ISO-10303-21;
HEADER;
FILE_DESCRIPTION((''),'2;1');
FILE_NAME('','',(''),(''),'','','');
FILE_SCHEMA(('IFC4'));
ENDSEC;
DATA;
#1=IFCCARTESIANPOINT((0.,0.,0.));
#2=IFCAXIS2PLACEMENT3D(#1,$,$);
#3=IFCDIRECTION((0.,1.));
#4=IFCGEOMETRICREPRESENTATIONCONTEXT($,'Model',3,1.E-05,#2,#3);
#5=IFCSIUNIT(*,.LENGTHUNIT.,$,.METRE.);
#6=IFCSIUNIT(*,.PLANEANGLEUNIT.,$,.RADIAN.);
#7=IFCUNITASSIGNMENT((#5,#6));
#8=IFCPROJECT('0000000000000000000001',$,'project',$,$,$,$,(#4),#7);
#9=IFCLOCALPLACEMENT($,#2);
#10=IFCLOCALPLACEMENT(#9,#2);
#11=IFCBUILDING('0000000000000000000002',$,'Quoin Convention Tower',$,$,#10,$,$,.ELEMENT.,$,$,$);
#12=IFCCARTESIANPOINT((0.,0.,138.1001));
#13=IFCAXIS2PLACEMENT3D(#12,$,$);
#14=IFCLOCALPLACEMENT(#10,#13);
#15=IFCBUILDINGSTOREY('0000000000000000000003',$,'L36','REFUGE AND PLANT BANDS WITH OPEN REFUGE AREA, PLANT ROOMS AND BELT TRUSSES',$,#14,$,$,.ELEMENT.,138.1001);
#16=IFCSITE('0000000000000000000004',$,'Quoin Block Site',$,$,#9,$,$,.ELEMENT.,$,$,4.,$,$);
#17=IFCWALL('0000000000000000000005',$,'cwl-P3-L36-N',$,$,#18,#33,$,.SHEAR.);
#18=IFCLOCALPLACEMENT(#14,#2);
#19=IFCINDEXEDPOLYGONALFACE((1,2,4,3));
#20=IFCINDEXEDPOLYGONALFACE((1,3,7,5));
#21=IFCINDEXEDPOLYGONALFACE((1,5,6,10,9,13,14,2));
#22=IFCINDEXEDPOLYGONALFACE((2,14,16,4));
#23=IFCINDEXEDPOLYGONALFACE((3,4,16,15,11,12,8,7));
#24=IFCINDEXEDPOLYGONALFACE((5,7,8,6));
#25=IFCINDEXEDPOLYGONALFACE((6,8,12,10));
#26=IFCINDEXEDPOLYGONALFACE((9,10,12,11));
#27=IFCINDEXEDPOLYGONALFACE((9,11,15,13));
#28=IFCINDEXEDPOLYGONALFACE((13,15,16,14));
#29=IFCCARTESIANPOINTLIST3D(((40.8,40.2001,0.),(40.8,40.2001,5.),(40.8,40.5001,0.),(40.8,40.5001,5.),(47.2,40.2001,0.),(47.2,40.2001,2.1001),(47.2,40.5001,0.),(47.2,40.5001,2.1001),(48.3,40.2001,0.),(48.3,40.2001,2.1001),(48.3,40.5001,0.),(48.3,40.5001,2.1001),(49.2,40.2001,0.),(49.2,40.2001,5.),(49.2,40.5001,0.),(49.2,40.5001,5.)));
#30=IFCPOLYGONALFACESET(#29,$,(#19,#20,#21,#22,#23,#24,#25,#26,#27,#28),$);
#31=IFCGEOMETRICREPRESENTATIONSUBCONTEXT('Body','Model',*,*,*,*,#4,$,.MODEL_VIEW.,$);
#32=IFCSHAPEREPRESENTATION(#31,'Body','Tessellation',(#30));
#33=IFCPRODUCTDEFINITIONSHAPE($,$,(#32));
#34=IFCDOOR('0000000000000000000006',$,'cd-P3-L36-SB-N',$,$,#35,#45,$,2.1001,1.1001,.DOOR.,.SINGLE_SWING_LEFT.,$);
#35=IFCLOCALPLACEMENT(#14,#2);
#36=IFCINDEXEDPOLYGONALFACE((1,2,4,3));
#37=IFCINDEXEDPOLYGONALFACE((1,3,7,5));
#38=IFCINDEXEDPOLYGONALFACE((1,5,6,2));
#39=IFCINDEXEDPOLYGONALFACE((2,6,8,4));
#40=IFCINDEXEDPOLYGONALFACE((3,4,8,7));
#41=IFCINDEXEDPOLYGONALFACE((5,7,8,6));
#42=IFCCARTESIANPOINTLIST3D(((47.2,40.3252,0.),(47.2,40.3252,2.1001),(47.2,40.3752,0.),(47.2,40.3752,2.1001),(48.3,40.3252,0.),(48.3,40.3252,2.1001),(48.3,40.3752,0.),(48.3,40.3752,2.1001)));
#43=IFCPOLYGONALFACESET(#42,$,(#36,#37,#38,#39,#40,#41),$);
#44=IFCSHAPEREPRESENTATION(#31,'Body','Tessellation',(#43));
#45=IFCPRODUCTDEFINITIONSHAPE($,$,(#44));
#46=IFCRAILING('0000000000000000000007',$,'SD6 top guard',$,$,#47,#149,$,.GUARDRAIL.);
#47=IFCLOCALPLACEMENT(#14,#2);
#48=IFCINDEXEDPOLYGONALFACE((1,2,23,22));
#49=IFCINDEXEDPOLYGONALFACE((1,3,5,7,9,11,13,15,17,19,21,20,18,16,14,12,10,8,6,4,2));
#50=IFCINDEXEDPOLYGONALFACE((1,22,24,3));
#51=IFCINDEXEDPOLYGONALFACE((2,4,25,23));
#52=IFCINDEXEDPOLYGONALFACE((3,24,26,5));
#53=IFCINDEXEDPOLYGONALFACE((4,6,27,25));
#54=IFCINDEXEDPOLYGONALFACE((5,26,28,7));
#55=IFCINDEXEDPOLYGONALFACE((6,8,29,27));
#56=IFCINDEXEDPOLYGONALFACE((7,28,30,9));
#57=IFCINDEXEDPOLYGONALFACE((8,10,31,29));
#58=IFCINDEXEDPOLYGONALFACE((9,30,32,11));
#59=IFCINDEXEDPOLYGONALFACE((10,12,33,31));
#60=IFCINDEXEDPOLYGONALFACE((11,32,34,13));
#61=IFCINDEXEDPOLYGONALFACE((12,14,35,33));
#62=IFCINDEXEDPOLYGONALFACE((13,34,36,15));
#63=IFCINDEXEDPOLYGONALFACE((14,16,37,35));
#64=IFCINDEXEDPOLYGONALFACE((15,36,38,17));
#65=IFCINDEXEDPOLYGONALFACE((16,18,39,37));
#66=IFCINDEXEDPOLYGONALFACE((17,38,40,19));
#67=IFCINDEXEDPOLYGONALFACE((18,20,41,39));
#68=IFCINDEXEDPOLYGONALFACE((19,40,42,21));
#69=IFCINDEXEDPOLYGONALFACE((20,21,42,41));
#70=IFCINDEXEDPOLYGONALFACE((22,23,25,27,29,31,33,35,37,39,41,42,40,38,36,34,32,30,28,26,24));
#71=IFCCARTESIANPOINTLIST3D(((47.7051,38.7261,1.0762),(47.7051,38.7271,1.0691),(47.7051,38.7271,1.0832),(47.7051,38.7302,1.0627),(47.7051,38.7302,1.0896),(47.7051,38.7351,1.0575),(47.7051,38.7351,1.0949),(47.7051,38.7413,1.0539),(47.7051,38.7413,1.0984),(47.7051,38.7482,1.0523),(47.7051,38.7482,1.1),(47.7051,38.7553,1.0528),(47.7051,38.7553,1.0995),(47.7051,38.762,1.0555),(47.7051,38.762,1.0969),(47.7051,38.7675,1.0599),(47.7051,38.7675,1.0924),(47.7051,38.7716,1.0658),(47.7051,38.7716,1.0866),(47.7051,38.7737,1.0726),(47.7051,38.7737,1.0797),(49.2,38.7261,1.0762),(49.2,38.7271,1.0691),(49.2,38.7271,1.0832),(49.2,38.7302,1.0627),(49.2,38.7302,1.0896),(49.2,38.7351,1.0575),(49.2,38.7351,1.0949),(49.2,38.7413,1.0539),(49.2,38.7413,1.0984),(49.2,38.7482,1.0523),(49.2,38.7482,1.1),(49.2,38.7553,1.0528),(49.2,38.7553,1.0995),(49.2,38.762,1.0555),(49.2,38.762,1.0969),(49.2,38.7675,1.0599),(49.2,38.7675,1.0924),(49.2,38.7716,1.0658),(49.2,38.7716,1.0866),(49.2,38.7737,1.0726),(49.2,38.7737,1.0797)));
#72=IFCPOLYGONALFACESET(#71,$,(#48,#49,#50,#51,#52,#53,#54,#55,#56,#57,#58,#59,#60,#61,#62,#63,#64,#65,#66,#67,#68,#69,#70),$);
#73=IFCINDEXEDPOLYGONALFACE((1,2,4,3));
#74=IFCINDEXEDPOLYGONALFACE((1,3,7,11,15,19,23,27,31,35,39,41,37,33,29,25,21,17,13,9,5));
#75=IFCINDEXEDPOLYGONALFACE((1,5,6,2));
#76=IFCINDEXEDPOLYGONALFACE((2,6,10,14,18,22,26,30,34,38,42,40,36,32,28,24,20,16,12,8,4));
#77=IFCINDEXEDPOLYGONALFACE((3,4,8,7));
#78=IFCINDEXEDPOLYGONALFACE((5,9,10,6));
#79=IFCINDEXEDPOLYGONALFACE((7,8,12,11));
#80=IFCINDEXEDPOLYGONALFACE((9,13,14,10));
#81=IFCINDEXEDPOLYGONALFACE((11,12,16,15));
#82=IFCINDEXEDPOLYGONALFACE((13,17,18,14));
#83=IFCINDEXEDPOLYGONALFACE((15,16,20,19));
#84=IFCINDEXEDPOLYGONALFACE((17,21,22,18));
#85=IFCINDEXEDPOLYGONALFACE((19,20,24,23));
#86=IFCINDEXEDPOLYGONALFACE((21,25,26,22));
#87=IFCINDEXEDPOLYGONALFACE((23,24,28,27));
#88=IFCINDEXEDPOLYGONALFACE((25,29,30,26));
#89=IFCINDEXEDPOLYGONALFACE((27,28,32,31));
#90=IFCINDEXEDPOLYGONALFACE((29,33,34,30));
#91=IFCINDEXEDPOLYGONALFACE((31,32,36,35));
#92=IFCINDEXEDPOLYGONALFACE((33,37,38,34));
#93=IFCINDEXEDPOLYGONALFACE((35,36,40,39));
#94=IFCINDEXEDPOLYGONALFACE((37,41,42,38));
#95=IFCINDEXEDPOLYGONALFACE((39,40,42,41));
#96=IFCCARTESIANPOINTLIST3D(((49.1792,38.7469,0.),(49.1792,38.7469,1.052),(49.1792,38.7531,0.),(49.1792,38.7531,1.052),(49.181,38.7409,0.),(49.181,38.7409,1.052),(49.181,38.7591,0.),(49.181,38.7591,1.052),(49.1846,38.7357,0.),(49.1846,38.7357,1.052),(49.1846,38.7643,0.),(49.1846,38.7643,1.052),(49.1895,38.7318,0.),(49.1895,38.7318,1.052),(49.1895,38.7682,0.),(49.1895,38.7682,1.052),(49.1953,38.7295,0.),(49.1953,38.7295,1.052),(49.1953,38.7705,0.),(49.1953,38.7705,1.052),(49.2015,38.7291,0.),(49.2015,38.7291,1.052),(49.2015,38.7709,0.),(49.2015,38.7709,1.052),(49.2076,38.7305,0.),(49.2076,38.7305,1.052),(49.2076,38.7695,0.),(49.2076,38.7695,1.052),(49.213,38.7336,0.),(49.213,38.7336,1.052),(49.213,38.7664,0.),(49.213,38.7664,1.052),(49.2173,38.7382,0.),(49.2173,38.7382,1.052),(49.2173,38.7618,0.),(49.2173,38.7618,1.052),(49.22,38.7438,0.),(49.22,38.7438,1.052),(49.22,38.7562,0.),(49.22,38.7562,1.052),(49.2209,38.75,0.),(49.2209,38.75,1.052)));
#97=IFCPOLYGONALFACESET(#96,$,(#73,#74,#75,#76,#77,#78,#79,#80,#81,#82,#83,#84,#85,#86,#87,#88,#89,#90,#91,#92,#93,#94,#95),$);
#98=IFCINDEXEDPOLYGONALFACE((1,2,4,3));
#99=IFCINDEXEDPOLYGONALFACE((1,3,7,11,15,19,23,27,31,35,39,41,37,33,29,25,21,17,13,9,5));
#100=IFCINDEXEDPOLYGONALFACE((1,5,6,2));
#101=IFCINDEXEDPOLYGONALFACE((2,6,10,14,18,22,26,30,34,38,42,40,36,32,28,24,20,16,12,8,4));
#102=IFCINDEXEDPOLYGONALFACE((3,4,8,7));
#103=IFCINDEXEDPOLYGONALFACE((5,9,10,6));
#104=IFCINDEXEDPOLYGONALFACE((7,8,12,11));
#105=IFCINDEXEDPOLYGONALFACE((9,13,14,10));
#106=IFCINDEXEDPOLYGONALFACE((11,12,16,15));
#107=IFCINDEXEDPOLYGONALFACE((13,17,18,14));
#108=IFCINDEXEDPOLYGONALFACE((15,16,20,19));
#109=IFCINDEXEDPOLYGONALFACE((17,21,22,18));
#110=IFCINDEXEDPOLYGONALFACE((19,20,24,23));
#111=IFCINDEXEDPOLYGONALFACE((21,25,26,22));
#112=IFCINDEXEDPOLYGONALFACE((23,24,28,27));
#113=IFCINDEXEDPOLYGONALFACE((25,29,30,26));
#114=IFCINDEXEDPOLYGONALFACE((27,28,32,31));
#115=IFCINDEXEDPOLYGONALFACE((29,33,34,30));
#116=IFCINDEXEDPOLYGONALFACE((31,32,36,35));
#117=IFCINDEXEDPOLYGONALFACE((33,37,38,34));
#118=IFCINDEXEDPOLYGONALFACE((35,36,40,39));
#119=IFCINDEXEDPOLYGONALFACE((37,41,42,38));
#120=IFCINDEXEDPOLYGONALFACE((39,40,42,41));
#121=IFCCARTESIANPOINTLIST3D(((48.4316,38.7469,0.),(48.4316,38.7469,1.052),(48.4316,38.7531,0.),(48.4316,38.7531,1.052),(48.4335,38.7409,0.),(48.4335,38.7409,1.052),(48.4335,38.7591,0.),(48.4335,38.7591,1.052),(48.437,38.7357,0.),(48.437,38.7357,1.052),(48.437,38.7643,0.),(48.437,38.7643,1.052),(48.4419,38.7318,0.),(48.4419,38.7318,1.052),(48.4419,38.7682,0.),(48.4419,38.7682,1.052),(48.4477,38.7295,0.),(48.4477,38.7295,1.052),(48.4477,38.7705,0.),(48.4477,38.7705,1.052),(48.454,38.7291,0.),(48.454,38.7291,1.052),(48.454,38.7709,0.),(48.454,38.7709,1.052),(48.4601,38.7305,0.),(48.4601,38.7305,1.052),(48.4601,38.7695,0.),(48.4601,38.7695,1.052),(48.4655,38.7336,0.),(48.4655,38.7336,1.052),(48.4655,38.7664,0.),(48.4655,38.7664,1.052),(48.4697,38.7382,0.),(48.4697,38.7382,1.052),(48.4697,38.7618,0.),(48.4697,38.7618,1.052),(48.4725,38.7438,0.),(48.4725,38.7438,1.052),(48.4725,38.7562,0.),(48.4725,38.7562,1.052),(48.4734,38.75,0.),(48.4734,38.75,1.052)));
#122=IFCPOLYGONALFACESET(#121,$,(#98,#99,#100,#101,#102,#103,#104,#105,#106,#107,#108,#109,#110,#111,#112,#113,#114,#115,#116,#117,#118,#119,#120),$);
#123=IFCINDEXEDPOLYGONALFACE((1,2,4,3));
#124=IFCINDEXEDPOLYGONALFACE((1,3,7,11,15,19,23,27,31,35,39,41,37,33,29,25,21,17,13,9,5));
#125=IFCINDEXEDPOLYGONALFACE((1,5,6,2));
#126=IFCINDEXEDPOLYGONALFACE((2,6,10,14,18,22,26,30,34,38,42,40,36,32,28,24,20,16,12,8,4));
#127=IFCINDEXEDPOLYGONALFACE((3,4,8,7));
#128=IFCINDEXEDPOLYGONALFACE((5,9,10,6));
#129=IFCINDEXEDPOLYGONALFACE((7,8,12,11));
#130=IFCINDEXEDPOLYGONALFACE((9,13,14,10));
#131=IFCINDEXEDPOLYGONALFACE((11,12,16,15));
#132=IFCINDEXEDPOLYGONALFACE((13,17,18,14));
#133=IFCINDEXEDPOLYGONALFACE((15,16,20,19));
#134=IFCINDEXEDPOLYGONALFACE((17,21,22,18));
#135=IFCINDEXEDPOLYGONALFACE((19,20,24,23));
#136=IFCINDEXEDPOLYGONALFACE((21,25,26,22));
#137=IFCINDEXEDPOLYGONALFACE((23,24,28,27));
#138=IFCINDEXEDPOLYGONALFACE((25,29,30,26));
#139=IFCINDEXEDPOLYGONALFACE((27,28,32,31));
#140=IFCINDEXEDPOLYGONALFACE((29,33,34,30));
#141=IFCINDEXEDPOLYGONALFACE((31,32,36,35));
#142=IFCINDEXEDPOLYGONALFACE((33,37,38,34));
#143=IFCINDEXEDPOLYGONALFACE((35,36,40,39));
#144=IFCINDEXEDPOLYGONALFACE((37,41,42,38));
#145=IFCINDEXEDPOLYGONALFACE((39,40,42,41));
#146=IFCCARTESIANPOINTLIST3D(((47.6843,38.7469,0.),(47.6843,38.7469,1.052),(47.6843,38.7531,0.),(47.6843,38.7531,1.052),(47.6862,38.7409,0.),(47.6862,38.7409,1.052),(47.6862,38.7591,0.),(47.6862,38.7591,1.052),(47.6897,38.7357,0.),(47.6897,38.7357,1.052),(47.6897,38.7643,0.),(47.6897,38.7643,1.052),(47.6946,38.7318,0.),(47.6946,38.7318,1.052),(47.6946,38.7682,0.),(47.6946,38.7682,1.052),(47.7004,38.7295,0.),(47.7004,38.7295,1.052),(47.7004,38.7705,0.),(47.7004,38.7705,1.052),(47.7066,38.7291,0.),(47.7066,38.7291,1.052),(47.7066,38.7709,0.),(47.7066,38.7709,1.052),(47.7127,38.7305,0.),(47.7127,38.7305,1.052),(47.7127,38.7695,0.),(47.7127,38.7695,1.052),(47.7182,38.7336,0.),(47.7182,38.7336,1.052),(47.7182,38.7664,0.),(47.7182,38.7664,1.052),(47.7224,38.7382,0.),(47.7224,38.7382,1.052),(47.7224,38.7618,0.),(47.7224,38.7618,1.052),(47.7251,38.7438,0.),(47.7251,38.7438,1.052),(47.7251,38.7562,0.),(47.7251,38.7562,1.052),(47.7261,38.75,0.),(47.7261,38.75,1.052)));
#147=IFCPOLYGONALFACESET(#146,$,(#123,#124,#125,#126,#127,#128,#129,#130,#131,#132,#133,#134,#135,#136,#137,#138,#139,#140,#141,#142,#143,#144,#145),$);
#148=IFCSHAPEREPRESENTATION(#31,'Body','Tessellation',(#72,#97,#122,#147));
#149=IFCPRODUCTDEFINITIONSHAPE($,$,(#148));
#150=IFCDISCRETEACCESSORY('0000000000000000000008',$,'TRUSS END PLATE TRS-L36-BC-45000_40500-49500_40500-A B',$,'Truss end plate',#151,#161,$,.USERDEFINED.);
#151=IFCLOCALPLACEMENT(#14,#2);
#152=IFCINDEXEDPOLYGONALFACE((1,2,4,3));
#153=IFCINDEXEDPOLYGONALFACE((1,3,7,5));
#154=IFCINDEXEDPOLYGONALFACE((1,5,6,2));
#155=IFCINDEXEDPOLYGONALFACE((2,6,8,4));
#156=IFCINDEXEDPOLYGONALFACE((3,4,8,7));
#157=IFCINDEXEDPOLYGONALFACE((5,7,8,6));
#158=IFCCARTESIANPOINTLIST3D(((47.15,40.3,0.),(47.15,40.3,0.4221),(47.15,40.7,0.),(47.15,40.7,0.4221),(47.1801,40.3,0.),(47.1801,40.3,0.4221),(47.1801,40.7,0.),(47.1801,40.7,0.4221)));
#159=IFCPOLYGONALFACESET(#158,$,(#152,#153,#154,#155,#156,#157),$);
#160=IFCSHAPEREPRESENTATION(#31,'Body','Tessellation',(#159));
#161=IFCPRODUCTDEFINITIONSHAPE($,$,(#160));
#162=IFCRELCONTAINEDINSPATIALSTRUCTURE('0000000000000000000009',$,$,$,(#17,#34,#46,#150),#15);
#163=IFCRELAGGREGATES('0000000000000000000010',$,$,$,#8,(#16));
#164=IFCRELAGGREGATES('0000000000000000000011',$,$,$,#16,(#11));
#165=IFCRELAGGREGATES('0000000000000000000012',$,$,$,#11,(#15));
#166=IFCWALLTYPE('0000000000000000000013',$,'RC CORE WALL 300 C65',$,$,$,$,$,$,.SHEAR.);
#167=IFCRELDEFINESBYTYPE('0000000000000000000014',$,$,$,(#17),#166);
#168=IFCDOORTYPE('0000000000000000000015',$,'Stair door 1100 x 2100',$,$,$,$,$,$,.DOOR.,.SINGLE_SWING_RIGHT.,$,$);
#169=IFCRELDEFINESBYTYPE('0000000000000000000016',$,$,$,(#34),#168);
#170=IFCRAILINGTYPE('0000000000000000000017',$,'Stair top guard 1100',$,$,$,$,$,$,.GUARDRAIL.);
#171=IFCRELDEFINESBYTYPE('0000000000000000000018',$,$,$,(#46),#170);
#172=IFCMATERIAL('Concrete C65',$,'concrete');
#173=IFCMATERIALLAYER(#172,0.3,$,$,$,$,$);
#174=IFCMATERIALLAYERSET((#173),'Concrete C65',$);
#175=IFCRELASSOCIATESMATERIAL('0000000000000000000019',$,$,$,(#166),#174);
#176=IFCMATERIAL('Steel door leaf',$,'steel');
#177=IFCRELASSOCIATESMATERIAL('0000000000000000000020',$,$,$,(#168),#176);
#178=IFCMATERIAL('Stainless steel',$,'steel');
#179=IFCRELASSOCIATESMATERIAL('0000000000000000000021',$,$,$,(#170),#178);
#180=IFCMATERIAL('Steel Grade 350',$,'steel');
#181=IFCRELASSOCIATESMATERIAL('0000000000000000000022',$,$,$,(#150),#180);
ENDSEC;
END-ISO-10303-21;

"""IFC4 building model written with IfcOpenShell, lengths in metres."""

from ifc_helpers import new_model, si_unit, direction, frame, frame_2d, origin, origin_2d, place, context, subcontext, project, spatial, rectangle, circle, extrude, material, layer, layer_set, type_object, element, fill, save


model = new_model("IFC4")

# Units and contexts
model_context = context("Model", 3, precision=1e-05, world=origin(), true_north=direction((0.0, 1.0)))
body_context = subcontext(model_context, "Body", "Model", "MODEL_VIEW")
ifc_project = project(units=[si_unit("LENGTHUNIT", "METRE"), si_unit("PLANEANGLEUNIT", "RADIAN")], contexts=[model_context])

# Site, building, storey
site_placement = place(None, origin())
site = spatial("IfcSite", under=ifc_project, at=site_placement, Name="Quoin Block Site", CompositionType="ELEMENT", RefElevation=4.0)
building_placement = place(site_placement, origin())
building = spatial("IfcBuilding", under=site, at=building_placement, Name="Quoin Convention Tower", CompositionType="ELEMENT")
storey_placement = place(building_placement, frame((0.0, 0.0, 138.1001)))
storey = spatial("IfcBuildingStorey", under=building, at=storey_placement, Name="L36", Description="REFUGE AND PLANT BANDS WITH OPEN REFUGE AREA, PLANT ROOMS AND BELT TRUSSES", CompositionType="ELEMENT", Elevation=138.1001)

# Shared definitions
ifc_material_1 = material(Name="Concrete C65", Category="concrete")

# Wall, opening, door
ifc_layer_1 = layer(ifc_material_1, 0.3)
ifc_layer_set_1 = layer_set([ifc_layer_1], Name="Concrete C65")
wall_type_1 = type_object("IfcWallType", Name="RC CORE WALL 300 C65", PredefinedType="SHEAR", material=ifc_layer_set_1)
wall_1_placement = place(storey_placement, frame((40.8, 40.3501, 0.0), z_axis=(0.0, 0.0, 1.0), x_axis=(1.0, 0.0, 0.0)))
wall_1 = element("IfcWall", 1, at=wall_1_placement, inside=storey, type_object=wall_type_1, Name="cwl-P3-L36-N", PredefinedType="SHEAR", context=body_context, shape_type="SweptSolid", body=[
    extrude(rectangle(XDim=8.3999, YDim=0.3, at=frame_2d((4.2, 0.0))), origin(), (0.0, 0.0, 1.0), 5.0),
])
opening_placement = place(wall_1_placement, frame((6.3999, 0.0, 0.0)))
opening = element("IfcOpeningElement", 2, at=opening_placement, cuts=wall_1, PredefinedType="OPENING", context=body_context, shape_type="SweptSolid", body=[
    extrude(rectangle(XDim=1.1001, YDim=2.1001, at=frame_2d((0.55, 1.05))), frame((0.0, 0.1599, 0.0), z_axis=(0.0, -1.0, 0.0), x_axis=(1.0, 0.0, 0.0)), (0.0, 0.0, 1.0), 0.3201),
])
ifc_material_2 = material(Name="Steel door leaf", Category="steel")
door_type = type_object("IfcDoorType", Name="Stair door 1100 x 2100", OperationType="SINGLE_SWING_RIGHT", PredefinedType="DOOR", material=ifc_material_2)
door_placement = place(opening_placement, frame((1.1001, 0.0, 0.0), z_axis=(0.0, 0.0, 1.0), x_axis=(-1.0, 0.0, 0.0)))
door = element("IfcDoor", 3, at=door_placement, inside=storey, type_object=door_type, Name="cd-P3-L36-SB-N", OperationType="SINGLE_SWING_LEFT", OverallHeight=2.1001, OverallWidth=1.1001, PredefinedType="DOOR", context=body_context, shape_type="SweptSolid", body=[
    extrude(rectangle(XDim=1.1001, YDim=2.1001, at=frame_2d((0.55, 1.05))), frame((0.0, 0.0249, 0.0), z_axis=(0.0, -1.0, 0.0), x_axis=(1.0, 0.0, 0.0)), (0.0, 0.0, 1.0), 0.05),
])
fill(opening, door)

# Railing
ifc_material_3 = material(Name="Stainless steel", Category="steel")
railing_type = type_object("IfcRailingType", Name="Stair top guard 1100", PredefinedType="GUARDRAIL", material=ifc_material_3)
railing_placement = place(storey_placement, frame((49.2, 38.75, 0.0)))
element("IfcRailing", 4, at=railing_placement, inside=storey, type_object=railing_type, Name="SD6 top guard", PredefinedType="GUARDRAIL", context=body_context, shape_type="SweptSolid", body=[
    extrude(circle(Radius=0.0239, at=origin_2d()), frame((0.0, 0.0, 1.0762), z_axis=(-1.0, 0.0, 0.0), x_axis=(0.0, -1.0, 0.0)), (0.0, 0.0, 1.0), 1.4949),
    extrude(circle(Radius=0.021, at=origin_2d()), origin(), (0.0, 0.0, 1.0), 1.052),
    extrude(circle(Radius=0.021, at=origin_2d()), frame((-0.7476, 0.0, 0.0)), (0.0, 0.0, 1.0), 1.052),
    extrude(circle(Radius=0.021, at=origin_2d()), frame((-1.4949, 0.0, 0.0)), (0.0, 0.0, 1.0), 1.052),
])

# Discrete accessory
ifc_material_4 = material(Name="Steel Grade 350", Category="steel")
discrete_accessory_placement = place(storey_placement, frame((47.165, 40.5, 0.0), z_axis=(0.0, 0.0, 1.0), x_axis=(1.0, 0.0, 0.0)))
element("IfcDiscreteAccessory", 5, at=discrete_accessory_placement, inside=storey, material=ifc_material_4, Name="TRUSS END PLATE TRS-L36-BC-45000_40500-49500_40500-A B", ObjectType="Truss end plate", PredefinedType="USERDEFINED", context=body_context, shape_type="SweptSolid", body=[
    extrude(rectangle(XDim=0.03, YDim=0.3999, at=origin_2d()), origin(), (0.0, 0.0, 1.0), 0.4221),
])

save(model, "model.ifc")
